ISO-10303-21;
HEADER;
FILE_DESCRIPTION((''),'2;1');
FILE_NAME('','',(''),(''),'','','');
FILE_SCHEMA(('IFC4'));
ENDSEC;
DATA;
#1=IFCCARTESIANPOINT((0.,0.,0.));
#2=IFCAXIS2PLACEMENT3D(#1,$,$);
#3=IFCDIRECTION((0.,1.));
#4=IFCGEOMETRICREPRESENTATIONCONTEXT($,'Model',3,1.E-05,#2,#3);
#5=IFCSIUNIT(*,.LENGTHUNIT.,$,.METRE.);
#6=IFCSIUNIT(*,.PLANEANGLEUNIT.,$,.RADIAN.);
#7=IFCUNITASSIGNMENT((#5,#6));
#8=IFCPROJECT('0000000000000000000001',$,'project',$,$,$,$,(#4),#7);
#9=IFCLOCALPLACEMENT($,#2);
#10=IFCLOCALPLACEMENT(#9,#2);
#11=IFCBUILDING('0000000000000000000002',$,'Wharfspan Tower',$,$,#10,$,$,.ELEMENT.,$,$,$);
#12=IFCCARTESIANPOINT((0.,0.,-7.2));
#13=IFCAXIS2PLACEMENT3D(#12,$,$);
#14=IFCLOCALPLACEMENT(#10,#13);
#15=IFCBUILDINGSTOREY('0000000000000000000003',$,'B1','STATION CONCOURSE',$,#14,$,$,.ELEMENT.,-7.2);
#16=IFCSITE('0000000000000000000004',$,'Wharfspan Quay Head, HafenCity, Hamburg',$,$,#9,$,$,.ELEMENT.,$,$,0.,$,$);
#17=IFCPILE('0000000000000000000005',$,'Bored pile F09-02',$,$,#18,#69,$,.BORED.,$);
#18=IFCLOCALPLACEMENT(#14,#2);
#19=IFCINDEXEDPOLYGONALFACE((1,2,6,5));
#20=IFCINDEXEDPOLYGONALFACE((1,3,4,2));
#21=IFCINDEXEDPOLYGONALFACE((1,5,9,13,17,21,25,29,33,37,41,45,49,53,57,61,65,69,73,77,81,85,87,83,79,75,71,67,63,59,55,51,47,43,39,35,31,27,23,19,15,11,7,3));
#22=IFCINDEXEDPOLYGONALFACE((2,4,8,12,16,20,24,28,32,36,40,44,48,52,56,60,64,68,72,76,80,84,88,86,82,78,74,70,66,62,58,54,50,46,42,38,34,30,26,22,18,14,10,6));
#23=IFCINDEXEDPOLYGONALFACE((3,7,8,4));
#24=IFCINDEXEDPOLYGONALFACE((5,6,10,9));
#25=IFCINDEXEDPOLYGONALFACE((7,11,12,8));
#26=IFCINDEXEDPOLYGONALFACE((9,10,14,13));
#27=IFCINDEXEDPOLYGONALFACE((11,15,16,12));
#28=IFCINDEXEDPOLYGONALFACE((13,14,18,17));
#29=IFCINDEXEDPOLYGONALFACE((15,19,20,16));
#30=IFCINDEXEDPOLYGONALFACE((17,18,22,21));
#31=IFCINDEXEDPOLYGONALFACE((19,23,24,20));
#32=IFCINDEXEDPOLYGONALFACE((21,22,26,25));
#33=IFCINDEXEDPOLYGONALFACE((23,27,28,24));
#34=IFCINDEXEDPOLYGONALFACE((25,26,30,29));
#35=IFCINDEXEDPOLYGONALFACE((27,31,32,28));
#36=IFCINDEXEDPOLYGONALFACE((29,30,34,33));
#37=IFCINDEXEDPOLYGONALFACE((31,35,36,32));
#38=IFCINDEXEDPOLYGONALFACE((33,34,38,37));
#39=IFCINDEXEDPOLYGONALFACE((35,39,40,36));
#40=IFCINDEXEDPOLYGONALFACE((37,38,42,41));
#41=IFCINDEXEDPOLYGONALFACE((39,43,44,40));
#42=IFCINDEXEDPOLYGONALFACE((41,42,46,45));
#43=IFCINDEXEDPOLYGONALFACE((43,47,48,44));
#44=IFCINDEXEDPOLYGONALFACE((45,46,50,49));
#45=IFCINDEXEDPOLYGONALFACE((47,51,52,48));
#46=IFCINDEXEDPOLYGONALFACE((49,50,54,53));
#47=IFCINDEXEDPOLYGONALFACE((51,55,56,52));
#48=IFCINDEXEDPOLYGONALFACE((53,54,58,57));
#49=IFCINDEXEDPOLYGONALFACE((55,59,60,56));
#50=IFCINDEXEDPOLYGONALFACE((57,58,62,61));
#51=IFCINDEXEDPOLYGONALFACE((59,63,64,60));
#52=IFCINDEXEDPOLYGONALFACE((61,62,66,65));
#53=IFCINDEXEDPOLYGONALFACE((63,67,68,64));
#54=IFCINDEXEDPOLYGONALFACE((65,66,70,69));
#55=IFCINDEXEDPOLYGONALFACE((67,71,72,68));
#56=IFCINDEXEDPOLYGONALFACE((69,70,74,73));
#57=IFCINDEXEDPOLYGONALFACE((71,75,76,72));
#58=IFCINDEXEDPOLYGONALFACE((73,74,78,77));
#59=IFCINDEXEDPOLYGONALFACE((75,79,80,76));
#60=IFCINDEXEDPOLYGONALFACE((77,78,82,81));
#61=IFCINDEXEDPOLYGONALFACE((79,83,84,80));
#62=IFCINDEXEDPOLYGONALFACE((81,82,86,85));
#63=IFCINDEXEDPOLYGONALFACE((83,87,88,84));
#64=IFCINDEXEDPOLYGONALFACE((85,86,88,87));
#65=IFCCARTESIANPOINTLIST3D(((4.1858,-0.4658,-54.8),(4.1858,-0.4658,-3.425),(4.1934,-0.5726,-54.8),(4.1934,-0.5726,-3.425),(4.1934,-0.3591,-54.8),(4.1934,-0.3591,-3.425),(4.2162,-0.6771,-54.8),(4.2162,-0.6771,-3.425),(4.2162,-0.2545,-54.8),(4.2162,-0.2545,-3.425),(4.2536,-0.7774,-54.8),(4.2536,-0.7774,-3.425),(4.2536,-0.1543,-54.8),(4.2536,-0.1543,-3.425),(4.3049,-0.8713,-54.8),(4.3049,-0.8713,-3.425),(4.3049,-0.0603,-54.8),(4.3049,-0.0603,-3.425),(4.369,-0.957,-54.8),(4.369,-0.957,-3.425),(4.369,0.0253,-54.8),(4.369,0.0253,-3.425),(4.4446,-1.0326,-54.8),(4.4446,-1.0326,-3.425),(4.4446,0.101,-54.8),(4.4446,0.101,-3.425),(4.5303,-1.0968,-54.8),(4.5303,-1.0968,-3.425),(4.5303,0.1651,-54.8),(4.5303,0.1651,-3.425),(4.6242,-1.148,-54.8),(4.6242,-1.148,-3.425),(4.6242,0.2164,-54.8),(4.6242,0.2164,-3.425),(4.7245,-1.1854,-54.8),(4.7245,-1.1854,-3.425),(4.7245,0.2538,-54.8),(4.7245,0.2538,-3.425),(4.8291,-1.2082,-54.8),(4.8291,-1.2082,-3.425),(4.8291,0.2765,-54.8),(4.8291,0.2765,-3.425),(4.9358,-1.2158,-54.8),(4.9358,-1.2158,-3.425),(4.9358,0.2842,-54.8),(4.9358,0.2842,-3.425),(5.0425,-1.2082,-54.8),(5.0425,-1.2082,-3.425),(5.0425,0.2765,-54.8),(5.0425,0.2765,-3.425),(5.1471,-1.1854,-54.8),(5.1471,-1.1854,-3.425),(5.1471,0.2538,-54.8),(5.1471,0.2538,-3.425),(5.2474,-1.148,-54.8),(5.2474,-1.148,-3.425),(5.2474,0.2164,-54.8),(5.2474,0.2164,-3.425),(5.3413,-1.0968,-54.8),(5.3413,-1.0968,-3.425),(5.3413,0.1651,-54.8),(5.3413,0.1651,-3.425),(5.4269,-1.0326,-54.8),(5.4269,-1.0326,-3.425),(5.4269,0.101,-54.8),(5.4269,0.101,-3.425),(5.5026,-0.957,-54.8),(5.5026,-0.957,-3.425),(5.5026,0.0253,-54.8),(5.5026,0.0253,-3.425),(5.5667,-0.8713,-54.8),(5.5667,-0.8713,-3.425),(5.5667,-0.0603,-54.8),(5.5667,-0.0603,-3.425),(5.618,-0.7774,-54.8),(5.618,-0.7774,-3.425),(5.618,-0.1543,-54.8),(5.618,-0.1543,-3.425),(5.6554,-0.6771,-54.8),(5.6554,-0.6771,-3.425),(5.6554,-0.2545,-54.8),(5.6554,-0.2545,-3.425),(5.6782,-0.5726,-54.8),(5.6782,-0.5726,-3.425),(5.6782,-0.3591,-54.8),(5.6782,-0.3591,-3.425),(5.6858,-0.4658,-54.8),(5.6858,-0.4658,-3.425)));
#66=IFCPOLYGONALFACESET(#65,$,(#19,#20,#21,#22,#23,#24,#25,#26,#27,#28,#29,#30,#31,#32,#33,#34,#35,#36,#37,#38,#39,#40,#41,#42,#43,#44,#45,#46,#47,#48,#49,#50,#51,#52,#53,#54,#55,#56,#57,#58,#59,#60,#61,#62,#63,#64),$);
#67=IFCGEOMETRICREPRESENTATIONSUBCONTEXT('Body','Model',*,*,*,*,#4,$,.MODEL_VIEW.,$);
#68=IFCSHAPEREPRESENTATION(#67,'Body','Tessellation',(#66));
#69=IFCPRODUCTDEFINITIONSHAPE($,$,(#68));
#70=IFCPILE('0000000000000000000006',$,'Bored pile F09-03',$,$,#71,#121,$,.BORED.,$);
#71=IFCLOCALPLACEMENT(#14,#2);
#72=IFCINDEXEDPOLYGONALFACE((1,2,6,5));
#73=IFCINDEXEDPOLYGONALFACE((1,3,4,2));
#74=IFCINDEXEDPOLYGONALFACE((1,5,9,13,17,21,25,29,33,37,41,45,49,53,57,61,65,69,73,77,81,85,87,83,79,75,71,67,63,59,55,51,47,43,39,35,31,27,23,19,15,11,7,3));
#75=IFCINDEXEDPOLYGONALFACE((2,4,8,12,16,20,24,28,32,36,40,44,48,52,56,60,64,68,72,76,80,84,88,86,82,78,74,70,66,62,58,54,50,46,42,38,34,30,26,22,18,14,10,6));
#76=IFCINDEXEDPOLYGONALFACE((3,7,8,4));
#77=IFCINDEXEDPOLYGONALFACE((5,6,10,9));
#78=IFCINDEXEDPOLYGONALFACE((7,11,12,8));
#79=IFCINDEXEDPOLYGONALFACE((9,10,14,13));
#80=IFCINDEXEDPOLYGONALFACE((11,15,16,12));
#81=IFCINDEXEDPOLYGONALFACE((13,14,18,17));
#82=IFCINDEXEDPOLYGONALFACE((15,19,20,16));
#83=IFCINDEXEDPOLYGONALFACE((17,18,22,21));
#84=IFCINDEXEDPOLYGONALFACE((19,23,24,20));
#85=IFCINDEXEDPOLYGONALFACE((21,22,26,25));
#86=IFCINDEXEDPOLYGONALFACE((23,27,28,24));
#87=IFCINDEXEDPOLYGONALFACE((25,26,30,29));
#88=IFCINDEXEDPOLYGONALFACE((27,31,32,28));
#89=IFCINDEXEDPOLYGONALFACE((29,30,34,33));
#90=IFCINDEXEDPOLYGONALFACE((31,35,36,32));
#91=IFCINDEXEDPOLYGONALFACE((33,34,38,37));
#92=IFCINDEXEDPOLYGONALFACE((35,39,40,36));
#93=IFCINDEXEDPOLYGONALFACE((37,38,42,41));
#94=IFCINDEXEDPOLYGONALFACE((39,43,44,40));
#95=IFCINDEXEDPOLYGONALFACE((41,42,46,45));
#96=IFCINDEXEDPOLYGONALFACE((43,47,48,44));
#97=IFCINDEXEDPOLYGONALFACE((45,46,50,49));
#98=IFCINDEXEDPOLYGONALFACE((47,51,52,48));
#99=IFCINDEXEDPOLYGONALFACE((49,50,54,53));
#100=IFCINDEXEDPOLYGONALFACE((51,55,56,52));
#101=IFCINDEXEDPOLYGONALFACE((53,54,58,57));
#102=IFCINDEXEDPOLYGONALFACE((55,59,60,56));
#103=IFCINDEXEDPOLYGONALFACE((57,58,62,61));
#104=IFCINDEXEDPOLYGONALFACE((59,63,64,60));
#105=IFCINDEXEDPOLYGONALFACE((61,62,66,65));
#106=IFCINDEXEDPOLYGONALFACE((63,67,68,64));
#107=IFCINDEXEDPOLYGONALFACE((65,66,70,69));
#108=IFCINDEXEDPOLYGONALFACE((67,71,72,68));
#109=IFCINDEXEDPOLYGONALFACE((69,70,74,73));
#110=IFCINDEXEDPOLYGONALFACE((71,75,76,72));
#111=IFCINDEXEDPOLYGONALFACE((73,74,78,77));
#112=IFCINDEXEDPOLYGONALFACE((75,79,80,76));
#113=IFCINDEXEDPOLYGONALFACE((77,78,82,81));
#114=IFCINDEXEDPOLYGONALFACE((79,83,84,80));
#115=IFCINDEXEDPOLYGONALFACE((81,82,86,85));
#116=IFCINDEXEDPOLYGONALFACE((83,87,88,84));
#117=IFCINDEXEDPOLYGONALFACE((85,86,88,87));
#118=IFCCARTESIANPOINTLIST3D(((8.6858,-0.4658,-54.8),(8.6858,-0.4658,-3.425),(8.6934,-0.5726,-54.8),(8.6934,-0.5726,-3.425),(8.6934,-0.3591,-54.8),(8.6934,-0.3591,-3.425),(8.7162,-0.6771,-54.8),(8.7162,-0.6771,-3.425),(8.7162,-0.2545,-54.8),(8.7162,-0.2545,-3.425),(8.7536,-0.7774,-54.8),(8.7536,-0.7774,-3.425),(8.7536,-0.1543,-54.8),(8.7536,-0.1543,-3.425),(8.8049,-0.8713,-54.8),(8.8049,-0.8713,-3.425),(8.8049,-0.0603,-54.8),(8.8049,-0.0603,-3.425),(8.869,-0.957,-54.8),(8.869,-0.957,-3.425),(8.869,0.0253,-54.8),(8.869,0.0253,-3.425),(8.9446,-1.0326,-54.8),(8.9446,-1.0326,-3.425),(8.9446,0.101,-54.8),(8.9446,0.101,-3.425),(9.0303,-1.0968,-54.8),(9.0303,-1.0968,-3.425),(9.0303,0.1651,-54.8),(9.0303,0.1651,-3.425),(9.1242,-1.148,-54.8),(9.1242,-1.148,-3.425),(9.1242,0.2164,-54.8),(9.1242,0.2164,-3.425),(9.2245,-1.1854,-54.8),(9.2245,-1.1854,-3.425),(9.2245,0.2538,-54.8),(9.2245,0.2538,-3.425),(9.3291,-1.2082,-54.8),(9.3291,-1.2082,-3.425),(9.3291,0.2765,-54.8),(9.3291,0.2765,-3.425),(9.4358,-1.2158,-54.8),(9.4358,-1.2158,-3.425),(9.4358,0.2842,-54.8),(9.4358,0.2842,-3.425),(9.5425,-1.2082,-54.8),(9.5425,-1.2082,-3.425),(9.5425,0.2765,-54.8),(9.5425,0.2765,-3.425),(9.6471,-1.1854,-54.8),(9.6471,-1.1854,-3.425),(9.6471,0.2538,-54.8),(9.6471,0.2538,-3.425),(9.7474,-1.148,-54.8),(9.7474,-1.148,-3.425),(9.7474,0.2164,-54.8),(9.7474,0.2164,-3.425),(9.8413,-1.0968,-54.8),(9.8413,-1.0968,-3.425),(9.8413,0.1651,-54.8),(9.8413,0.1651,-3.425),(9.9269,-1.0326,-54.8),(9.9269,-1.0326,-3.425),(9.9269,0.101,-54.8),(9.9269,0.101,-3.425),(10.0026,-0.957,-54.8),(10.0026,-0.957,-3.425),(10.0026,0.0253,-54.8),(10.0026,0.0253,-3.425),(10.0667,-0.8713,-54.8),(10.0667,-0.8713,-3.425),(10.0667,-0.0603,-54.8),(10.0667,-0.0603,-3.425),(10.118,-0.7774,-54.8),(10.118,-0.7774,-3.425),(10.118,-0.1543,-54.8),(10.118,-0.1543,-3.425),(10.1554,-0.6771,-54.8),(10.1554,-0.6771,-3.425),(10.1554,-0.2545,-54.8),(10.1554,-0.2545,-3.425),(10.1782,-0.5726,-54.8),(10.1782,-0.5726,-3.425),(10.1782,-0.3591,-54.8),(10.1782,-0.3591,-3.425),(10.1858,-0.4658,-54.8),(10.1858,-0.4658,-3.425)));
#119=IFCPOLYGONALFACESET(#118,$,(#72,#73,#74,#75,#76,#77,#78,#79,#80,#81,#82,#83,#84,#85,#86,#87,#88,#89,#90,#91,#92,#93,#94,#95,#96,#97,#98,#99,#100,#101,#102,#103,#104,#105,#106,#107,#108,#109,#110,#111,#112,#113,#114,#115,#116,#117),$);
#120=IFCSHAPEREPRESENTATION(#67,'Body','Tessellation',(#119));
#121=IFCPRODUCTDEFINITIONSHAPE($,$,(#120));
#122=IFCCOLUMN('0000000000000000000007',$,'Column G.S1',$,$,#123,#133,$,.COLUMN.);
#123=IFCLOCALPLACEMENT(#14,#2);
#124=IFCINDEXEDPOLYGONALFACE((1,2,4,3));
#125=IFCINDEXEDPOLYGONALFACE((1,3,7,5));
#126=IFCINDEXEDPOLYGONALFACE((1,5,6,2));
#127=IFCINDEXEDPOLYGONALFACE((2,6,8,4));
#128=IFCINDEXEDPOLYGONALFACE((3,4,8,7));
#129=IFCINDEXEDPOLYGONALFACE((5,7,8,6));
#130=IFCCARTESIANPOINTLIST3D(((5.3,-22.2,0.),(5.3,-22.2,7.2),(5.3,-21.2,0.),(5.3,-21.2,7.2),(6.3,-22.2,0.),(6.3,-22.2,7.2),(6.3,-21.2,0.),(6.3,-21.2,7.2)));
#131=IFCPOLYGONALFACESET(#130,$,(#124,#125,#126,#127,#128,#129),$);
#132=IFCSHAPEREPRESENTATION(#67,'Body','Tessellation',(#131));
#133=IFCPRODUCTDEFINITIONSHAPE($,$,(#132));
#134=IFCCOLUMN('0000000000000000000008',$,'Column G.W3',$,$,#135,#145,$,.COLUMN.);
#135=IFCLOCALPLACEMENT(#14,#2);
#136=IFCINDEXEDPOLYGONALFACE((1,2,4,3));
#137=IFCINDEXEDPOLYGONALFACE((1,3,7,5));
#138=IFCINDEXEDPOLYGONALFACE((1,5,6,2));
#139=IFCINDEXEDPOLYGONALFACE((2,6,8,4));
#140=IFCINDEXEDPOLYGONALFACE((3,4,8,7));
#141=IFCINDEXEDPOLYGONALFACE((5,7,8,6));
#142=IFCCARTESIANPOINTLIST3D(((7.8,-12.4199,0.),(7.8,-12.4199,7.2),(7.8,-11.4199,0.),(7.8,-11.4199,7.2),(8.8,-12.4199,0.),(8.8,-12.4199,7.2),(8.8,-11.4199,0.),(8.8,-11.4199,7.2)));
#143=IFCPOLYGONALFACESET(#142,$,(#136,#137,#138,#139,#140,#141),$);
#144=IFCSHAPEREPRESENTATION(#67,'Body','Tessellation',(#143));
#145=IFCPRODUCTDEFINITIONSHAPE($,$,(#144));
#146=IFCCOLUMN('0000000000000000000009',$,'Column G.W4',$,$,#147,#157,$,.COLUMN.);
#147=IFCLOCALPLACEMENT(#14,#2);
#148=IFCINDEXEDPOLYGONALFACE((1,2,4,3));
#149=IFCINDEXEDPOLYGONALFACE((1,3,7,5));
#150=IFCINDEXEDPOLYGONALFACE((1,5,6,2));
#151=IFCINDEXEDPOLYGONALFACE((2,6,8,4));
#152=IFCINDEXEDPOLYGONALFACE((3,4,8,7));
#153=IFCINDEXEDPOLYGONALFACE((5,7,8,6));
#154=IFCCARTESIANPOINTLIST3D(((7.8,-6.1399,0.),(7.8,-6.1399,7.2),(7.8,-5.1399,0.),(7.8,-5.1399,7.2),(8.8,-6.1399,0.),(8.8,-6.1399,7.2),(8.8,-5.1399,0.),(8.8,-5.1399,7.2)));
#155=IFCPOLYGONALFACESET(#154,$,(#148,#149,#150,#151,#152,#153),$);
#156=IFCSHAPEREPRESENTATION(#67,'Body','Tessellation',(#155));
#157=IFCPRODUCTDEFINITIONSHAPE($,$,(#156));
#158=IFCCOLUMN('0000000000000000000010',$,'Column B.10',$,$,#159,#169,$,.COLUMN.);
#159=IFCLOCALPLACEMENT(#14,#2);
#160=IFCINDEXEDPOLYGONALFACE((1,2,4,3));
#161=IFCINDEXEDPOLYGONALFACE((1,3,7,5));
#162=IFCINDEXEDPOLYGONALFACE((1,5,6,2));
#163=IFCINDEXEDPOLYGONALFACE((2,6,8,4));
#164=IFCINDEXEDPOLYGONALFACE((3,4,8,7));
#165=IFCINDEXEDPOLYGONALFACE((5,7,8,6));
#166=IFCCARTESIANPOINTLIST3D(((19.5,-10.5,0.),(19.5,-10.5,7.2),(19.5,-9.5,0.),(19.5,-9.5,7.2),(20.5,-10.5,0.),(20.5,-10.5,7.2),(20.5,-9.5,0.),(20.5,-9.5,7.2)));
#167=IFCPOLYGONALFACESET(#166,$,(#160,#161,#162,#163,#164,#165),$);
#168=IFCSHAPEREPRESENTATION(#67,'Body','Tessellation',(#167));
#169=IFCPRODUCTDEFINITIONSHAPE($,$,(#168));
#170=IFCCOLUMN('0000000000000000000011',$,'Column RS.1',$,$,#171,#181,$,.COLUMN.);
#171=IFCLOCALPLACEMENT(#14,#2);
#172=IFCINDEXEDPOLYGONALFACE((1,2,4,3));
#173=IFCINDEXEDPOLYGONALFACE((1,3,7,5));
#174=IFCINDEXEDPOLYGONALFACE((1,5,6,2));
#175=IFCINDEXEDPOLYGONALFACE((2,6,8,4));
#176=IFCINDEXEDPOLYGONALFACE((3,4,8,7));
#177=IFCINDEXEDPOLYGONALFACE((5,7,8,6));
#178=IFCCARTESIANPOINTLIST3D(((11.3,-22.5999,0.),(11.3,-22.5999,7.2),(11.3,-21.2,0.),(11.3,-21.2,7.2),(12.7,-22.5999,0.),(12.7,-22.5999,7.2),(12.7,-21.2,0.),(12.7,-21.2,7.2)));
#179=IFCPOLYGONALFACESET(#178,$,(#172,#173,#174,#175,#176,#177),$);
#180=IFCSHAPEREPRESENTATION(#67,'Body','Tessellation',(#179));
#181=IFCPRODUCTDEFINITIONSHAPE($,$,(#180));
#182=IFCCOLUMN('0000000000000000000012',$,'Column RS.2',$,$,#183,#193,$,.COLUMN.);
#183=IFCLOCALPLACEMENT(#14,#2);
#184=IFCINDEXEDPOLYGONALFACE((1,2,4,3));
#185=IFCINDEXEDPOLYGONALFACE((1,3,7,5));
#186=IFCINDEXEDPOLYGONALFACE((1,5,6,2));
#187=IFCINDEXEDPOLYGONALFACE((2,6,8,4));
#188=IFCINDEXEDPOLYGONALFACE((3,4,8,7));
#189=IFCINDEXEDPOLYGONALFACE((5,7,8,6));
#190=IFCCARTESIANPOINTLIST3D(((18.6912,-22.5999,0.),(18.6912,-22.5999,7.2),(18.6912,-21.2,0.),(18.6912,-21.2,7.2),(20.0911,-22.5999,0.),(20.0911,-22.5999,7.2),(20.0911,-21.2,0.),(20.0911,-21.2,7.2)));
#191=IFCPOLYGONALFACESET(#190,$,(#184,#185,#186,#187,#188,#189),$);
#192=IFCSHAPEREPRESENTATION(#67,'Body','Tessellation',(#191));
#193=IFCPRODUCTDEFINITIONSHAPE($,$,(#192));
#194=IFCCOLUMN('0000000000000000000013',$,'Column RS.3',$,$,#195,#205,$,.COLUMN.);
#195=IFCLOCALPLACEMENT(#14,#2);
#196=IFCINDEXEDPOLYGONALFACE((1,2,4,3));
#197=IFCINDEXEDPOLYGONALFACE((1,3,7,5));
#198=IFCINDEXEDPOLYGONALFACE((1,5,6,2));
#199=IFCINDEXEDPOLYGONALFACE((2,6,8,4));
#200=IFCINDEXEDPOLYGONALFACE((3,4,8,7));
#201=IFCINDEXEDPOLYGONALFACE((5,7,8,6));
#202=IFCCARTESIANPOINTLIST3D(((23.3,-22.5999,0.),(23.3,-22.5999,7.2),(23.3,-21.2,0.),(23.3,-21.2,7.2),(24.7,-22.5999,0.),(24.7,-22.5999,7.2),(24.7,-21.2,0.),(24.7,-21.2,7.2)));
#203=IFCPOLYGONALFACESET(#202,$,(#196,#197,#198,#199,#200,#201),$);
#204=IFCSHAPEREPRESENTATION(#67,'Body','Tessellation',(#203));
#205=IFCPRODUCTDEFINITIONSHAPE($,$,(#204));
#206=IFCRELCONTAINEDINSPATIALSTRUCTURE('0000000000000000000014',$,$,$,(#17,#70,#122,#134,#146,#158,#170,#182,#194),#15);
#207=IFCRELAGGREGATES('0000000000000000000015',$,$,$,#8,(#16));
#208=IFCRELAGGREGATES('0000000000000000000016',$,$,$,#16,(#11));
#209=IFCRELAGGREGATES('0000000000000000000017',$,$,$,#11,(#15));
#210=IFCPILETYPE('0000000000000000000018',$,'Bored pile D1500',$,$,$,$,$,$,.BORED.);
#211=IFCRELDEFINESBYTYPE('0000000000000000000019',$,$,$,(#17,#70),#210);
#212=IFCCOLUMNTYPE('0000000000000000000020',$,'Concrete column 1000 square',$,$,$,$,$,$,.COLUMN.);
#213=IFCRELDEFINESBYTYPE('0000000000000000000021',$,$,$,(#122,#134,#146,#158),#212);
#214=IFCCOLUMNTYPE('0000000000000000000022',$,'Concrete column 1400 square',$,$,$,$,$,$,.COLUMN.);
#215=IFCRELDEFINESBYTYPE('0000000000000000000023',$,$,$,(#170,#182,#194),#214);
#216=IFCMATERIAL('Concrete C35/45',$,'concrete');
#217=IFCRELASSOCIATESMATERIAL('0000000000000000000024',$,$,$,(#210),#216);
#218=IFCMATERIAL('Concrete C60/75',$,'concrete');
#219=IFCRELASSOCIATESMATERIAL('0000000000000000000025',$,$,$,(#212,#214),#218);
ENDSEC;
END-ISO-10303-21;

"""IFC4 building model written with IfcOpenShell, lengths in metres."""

from ifc_helpers import new_model, si_unit, direction, frame, origin, origin_2d, place, context, subcontext, project, spatial, rectangle, circle, extrude, material, material_profile, profile_set, type_object, element, save


model = new_model("IFC4")

# Units and contexts
model_context = context("Model", 3, precision=1e-05, world=origin(), true_north=direction((0.0, 1.0)))
body_context = subcontext(model_context, "Body", "Model", "MODEL_VIEW")
ifc_project = project(units=[si_unit("LENGTHUNIT", "METRE"), si_unit("PLANEANGLEUNIT", "RADIAN")], contexts=[model_context])

# Site, building, storey
site_placement = place(None, origin())
site = spatial("IfcSite", under=ifc_project, at=site_placement, Name="Wharfspan Quay Head, HafenCity, Hamburg", CompositionType="ELEMENT", RefElevation=0.0)
building_placement = place(site_placement, origin())
building = spatial("IfcBuilding", under=site, at=building_placement, Name="Wharfspan Tower", CompositionType="ELEMENT")
storey_placement = place(building_placement, frame((0.0, 0.0, -7.2)))
storey = spatial("IfcBuildingStorey", under=building, at=storey_placement, Name="B1", Description="STATION CONCOURSE", CompositionType="ELEMENT", Elevation=-7.2)

# Piles
ifc_material_1 = material(Name="Concrete C35/45", Category="concrete")
ifc_material_profile_1 = material_profile(ifc_material_1, circle(Radius=0.75, at=origin_2d()))
ifc_profile_set_1 = profile_set([ifc_material_profile_1], Name="Concrete C35/45")
pile_type = type_object("IfcPileType", Name="Bored pile D1500", PredefinedType="BORED", material=ifc_profile_set_1)
for number, where, z_axis, x_axis, name in (
    (1, (4.9358, -0.4658, -3.425), (0.0, 0.0, -1.0), (1.0, 0.0, 0.0), "Bored pile F09-02"),
    (2, (9.4358, -0.4658, -3.425), (0.0, 0.0, -1.0), (1.0, 0.0, 0.0), "Bored pile F09-03"),
):
    element("IfcPile", number, at=place(storey_placement, frame(where, z_axis=z_axis, x_axis=x_axis)), inside=storey, type_object=pile_type, Name=name, PredefinedType="BORED", context=body_context, shape_type="SweptSolid", body=[
        extrude(circle(Radius=0.75, at=origin_2d()), origin(), (0.0, 0.0, 1.0), 51.375),
    ])

# Columns
ifc_material_2 = material(Name="Concrete C60/75", Category="concrete")
ifc_material_profile_2 = material_profile(ifc_material_2, rectangle(XDim=1.0, YDim=1.0, at=origin_2d()))
ifc_profile_set_2 = profile_set([ifc_material_profile_2], Name="Concrete C60/75")
column_type_1 = type_object("IfcColumnType", Name="Concrete column 1000 square", PredefinedType="COLUMN", material=ifc_profile_set_2)
for number, where, z_axis, x_axis, name in (
    (3, (5.8, -21.7, 0.0), (0.0, 0.0, 1.0), (1.0, 0.0, 0.0), "Column G.S1"),
    (4, (8.3, -11.9199, 0.0), (0.0, 0.0, 1.0), (1.0, 0.0, 0.0), "Column G.W3"),
    (5, (8.3, -5.6399, 0.0), (0.0, 0.0, 1.0), (1.0, 0.0, 0.0), "Column G.W4"),
    (6, (20.0, -10.0, 0.0), (0.0, 0.0, 1.0), (1.0, 0.0, 0.0), "Column B.10"),
):
    element("IfcColumn", number, at=place(storey_placement, frame(where, z_axis=z_axis, x_axis=x_axis)), inside=storey, type_object=column_type_1, Name=name, PredefinedType="COLUMN", context=body_context, shape_type="SweptSolid", body=[
        extrude(rectangle(XDim=1.0, YDim=1.0, at=origin_2d()), origin(), (0.0, 0.0, 1.0), 7.2),
    ])
ifc_material_profile_3 = material_profile(ifc_material_2, rectangle(XDim=1.3999, YDim=1.3999, at=origin_2d()))
ifc_profile_set_3 = profile_set([ifc_material_profile_3], Name="Concrete C60/75")
column_type_2 = type_object("IfcColumnType", Name="Concrete column 1400 square", PredefinedType="COLUMN", material=ifc_profile_set_3)
for number, where, z_axis, x_axis, name in (
    (7, (12.0, -21.8999, 0.0), (0.0, 0.0, 1.0), (1.0, 0.0, 0.0), "Column RS.1"),
    (8, (19.3911, -21.8999, 0.0), (0.0, 0.0, 1.0), (1.0, 0.0, 0.0), "Column RS.2"),
    (9, (24.0, -21.8999, 0.0), (0.0, 0.0, 1.0), (1.0, 0.0, 0.0), "Column RS.3"),
):
    element("IfcColumn", number, at=place(storey_placement, frame(where, z_axis=z_axis, x_axis=x_axis)), inside=storey, type_object=column_type_2, Name=name, PredefinedType="COLUMN", context=body_context, shape_type="SweptSolid", body=[
        extrude(rectangle(XDim=1.3999, YDim=1.3999, at=origin_2d()), origin(), (0.0, 0.0, 1.0), 7.2),
    ])

save(model, "model.ifc")
